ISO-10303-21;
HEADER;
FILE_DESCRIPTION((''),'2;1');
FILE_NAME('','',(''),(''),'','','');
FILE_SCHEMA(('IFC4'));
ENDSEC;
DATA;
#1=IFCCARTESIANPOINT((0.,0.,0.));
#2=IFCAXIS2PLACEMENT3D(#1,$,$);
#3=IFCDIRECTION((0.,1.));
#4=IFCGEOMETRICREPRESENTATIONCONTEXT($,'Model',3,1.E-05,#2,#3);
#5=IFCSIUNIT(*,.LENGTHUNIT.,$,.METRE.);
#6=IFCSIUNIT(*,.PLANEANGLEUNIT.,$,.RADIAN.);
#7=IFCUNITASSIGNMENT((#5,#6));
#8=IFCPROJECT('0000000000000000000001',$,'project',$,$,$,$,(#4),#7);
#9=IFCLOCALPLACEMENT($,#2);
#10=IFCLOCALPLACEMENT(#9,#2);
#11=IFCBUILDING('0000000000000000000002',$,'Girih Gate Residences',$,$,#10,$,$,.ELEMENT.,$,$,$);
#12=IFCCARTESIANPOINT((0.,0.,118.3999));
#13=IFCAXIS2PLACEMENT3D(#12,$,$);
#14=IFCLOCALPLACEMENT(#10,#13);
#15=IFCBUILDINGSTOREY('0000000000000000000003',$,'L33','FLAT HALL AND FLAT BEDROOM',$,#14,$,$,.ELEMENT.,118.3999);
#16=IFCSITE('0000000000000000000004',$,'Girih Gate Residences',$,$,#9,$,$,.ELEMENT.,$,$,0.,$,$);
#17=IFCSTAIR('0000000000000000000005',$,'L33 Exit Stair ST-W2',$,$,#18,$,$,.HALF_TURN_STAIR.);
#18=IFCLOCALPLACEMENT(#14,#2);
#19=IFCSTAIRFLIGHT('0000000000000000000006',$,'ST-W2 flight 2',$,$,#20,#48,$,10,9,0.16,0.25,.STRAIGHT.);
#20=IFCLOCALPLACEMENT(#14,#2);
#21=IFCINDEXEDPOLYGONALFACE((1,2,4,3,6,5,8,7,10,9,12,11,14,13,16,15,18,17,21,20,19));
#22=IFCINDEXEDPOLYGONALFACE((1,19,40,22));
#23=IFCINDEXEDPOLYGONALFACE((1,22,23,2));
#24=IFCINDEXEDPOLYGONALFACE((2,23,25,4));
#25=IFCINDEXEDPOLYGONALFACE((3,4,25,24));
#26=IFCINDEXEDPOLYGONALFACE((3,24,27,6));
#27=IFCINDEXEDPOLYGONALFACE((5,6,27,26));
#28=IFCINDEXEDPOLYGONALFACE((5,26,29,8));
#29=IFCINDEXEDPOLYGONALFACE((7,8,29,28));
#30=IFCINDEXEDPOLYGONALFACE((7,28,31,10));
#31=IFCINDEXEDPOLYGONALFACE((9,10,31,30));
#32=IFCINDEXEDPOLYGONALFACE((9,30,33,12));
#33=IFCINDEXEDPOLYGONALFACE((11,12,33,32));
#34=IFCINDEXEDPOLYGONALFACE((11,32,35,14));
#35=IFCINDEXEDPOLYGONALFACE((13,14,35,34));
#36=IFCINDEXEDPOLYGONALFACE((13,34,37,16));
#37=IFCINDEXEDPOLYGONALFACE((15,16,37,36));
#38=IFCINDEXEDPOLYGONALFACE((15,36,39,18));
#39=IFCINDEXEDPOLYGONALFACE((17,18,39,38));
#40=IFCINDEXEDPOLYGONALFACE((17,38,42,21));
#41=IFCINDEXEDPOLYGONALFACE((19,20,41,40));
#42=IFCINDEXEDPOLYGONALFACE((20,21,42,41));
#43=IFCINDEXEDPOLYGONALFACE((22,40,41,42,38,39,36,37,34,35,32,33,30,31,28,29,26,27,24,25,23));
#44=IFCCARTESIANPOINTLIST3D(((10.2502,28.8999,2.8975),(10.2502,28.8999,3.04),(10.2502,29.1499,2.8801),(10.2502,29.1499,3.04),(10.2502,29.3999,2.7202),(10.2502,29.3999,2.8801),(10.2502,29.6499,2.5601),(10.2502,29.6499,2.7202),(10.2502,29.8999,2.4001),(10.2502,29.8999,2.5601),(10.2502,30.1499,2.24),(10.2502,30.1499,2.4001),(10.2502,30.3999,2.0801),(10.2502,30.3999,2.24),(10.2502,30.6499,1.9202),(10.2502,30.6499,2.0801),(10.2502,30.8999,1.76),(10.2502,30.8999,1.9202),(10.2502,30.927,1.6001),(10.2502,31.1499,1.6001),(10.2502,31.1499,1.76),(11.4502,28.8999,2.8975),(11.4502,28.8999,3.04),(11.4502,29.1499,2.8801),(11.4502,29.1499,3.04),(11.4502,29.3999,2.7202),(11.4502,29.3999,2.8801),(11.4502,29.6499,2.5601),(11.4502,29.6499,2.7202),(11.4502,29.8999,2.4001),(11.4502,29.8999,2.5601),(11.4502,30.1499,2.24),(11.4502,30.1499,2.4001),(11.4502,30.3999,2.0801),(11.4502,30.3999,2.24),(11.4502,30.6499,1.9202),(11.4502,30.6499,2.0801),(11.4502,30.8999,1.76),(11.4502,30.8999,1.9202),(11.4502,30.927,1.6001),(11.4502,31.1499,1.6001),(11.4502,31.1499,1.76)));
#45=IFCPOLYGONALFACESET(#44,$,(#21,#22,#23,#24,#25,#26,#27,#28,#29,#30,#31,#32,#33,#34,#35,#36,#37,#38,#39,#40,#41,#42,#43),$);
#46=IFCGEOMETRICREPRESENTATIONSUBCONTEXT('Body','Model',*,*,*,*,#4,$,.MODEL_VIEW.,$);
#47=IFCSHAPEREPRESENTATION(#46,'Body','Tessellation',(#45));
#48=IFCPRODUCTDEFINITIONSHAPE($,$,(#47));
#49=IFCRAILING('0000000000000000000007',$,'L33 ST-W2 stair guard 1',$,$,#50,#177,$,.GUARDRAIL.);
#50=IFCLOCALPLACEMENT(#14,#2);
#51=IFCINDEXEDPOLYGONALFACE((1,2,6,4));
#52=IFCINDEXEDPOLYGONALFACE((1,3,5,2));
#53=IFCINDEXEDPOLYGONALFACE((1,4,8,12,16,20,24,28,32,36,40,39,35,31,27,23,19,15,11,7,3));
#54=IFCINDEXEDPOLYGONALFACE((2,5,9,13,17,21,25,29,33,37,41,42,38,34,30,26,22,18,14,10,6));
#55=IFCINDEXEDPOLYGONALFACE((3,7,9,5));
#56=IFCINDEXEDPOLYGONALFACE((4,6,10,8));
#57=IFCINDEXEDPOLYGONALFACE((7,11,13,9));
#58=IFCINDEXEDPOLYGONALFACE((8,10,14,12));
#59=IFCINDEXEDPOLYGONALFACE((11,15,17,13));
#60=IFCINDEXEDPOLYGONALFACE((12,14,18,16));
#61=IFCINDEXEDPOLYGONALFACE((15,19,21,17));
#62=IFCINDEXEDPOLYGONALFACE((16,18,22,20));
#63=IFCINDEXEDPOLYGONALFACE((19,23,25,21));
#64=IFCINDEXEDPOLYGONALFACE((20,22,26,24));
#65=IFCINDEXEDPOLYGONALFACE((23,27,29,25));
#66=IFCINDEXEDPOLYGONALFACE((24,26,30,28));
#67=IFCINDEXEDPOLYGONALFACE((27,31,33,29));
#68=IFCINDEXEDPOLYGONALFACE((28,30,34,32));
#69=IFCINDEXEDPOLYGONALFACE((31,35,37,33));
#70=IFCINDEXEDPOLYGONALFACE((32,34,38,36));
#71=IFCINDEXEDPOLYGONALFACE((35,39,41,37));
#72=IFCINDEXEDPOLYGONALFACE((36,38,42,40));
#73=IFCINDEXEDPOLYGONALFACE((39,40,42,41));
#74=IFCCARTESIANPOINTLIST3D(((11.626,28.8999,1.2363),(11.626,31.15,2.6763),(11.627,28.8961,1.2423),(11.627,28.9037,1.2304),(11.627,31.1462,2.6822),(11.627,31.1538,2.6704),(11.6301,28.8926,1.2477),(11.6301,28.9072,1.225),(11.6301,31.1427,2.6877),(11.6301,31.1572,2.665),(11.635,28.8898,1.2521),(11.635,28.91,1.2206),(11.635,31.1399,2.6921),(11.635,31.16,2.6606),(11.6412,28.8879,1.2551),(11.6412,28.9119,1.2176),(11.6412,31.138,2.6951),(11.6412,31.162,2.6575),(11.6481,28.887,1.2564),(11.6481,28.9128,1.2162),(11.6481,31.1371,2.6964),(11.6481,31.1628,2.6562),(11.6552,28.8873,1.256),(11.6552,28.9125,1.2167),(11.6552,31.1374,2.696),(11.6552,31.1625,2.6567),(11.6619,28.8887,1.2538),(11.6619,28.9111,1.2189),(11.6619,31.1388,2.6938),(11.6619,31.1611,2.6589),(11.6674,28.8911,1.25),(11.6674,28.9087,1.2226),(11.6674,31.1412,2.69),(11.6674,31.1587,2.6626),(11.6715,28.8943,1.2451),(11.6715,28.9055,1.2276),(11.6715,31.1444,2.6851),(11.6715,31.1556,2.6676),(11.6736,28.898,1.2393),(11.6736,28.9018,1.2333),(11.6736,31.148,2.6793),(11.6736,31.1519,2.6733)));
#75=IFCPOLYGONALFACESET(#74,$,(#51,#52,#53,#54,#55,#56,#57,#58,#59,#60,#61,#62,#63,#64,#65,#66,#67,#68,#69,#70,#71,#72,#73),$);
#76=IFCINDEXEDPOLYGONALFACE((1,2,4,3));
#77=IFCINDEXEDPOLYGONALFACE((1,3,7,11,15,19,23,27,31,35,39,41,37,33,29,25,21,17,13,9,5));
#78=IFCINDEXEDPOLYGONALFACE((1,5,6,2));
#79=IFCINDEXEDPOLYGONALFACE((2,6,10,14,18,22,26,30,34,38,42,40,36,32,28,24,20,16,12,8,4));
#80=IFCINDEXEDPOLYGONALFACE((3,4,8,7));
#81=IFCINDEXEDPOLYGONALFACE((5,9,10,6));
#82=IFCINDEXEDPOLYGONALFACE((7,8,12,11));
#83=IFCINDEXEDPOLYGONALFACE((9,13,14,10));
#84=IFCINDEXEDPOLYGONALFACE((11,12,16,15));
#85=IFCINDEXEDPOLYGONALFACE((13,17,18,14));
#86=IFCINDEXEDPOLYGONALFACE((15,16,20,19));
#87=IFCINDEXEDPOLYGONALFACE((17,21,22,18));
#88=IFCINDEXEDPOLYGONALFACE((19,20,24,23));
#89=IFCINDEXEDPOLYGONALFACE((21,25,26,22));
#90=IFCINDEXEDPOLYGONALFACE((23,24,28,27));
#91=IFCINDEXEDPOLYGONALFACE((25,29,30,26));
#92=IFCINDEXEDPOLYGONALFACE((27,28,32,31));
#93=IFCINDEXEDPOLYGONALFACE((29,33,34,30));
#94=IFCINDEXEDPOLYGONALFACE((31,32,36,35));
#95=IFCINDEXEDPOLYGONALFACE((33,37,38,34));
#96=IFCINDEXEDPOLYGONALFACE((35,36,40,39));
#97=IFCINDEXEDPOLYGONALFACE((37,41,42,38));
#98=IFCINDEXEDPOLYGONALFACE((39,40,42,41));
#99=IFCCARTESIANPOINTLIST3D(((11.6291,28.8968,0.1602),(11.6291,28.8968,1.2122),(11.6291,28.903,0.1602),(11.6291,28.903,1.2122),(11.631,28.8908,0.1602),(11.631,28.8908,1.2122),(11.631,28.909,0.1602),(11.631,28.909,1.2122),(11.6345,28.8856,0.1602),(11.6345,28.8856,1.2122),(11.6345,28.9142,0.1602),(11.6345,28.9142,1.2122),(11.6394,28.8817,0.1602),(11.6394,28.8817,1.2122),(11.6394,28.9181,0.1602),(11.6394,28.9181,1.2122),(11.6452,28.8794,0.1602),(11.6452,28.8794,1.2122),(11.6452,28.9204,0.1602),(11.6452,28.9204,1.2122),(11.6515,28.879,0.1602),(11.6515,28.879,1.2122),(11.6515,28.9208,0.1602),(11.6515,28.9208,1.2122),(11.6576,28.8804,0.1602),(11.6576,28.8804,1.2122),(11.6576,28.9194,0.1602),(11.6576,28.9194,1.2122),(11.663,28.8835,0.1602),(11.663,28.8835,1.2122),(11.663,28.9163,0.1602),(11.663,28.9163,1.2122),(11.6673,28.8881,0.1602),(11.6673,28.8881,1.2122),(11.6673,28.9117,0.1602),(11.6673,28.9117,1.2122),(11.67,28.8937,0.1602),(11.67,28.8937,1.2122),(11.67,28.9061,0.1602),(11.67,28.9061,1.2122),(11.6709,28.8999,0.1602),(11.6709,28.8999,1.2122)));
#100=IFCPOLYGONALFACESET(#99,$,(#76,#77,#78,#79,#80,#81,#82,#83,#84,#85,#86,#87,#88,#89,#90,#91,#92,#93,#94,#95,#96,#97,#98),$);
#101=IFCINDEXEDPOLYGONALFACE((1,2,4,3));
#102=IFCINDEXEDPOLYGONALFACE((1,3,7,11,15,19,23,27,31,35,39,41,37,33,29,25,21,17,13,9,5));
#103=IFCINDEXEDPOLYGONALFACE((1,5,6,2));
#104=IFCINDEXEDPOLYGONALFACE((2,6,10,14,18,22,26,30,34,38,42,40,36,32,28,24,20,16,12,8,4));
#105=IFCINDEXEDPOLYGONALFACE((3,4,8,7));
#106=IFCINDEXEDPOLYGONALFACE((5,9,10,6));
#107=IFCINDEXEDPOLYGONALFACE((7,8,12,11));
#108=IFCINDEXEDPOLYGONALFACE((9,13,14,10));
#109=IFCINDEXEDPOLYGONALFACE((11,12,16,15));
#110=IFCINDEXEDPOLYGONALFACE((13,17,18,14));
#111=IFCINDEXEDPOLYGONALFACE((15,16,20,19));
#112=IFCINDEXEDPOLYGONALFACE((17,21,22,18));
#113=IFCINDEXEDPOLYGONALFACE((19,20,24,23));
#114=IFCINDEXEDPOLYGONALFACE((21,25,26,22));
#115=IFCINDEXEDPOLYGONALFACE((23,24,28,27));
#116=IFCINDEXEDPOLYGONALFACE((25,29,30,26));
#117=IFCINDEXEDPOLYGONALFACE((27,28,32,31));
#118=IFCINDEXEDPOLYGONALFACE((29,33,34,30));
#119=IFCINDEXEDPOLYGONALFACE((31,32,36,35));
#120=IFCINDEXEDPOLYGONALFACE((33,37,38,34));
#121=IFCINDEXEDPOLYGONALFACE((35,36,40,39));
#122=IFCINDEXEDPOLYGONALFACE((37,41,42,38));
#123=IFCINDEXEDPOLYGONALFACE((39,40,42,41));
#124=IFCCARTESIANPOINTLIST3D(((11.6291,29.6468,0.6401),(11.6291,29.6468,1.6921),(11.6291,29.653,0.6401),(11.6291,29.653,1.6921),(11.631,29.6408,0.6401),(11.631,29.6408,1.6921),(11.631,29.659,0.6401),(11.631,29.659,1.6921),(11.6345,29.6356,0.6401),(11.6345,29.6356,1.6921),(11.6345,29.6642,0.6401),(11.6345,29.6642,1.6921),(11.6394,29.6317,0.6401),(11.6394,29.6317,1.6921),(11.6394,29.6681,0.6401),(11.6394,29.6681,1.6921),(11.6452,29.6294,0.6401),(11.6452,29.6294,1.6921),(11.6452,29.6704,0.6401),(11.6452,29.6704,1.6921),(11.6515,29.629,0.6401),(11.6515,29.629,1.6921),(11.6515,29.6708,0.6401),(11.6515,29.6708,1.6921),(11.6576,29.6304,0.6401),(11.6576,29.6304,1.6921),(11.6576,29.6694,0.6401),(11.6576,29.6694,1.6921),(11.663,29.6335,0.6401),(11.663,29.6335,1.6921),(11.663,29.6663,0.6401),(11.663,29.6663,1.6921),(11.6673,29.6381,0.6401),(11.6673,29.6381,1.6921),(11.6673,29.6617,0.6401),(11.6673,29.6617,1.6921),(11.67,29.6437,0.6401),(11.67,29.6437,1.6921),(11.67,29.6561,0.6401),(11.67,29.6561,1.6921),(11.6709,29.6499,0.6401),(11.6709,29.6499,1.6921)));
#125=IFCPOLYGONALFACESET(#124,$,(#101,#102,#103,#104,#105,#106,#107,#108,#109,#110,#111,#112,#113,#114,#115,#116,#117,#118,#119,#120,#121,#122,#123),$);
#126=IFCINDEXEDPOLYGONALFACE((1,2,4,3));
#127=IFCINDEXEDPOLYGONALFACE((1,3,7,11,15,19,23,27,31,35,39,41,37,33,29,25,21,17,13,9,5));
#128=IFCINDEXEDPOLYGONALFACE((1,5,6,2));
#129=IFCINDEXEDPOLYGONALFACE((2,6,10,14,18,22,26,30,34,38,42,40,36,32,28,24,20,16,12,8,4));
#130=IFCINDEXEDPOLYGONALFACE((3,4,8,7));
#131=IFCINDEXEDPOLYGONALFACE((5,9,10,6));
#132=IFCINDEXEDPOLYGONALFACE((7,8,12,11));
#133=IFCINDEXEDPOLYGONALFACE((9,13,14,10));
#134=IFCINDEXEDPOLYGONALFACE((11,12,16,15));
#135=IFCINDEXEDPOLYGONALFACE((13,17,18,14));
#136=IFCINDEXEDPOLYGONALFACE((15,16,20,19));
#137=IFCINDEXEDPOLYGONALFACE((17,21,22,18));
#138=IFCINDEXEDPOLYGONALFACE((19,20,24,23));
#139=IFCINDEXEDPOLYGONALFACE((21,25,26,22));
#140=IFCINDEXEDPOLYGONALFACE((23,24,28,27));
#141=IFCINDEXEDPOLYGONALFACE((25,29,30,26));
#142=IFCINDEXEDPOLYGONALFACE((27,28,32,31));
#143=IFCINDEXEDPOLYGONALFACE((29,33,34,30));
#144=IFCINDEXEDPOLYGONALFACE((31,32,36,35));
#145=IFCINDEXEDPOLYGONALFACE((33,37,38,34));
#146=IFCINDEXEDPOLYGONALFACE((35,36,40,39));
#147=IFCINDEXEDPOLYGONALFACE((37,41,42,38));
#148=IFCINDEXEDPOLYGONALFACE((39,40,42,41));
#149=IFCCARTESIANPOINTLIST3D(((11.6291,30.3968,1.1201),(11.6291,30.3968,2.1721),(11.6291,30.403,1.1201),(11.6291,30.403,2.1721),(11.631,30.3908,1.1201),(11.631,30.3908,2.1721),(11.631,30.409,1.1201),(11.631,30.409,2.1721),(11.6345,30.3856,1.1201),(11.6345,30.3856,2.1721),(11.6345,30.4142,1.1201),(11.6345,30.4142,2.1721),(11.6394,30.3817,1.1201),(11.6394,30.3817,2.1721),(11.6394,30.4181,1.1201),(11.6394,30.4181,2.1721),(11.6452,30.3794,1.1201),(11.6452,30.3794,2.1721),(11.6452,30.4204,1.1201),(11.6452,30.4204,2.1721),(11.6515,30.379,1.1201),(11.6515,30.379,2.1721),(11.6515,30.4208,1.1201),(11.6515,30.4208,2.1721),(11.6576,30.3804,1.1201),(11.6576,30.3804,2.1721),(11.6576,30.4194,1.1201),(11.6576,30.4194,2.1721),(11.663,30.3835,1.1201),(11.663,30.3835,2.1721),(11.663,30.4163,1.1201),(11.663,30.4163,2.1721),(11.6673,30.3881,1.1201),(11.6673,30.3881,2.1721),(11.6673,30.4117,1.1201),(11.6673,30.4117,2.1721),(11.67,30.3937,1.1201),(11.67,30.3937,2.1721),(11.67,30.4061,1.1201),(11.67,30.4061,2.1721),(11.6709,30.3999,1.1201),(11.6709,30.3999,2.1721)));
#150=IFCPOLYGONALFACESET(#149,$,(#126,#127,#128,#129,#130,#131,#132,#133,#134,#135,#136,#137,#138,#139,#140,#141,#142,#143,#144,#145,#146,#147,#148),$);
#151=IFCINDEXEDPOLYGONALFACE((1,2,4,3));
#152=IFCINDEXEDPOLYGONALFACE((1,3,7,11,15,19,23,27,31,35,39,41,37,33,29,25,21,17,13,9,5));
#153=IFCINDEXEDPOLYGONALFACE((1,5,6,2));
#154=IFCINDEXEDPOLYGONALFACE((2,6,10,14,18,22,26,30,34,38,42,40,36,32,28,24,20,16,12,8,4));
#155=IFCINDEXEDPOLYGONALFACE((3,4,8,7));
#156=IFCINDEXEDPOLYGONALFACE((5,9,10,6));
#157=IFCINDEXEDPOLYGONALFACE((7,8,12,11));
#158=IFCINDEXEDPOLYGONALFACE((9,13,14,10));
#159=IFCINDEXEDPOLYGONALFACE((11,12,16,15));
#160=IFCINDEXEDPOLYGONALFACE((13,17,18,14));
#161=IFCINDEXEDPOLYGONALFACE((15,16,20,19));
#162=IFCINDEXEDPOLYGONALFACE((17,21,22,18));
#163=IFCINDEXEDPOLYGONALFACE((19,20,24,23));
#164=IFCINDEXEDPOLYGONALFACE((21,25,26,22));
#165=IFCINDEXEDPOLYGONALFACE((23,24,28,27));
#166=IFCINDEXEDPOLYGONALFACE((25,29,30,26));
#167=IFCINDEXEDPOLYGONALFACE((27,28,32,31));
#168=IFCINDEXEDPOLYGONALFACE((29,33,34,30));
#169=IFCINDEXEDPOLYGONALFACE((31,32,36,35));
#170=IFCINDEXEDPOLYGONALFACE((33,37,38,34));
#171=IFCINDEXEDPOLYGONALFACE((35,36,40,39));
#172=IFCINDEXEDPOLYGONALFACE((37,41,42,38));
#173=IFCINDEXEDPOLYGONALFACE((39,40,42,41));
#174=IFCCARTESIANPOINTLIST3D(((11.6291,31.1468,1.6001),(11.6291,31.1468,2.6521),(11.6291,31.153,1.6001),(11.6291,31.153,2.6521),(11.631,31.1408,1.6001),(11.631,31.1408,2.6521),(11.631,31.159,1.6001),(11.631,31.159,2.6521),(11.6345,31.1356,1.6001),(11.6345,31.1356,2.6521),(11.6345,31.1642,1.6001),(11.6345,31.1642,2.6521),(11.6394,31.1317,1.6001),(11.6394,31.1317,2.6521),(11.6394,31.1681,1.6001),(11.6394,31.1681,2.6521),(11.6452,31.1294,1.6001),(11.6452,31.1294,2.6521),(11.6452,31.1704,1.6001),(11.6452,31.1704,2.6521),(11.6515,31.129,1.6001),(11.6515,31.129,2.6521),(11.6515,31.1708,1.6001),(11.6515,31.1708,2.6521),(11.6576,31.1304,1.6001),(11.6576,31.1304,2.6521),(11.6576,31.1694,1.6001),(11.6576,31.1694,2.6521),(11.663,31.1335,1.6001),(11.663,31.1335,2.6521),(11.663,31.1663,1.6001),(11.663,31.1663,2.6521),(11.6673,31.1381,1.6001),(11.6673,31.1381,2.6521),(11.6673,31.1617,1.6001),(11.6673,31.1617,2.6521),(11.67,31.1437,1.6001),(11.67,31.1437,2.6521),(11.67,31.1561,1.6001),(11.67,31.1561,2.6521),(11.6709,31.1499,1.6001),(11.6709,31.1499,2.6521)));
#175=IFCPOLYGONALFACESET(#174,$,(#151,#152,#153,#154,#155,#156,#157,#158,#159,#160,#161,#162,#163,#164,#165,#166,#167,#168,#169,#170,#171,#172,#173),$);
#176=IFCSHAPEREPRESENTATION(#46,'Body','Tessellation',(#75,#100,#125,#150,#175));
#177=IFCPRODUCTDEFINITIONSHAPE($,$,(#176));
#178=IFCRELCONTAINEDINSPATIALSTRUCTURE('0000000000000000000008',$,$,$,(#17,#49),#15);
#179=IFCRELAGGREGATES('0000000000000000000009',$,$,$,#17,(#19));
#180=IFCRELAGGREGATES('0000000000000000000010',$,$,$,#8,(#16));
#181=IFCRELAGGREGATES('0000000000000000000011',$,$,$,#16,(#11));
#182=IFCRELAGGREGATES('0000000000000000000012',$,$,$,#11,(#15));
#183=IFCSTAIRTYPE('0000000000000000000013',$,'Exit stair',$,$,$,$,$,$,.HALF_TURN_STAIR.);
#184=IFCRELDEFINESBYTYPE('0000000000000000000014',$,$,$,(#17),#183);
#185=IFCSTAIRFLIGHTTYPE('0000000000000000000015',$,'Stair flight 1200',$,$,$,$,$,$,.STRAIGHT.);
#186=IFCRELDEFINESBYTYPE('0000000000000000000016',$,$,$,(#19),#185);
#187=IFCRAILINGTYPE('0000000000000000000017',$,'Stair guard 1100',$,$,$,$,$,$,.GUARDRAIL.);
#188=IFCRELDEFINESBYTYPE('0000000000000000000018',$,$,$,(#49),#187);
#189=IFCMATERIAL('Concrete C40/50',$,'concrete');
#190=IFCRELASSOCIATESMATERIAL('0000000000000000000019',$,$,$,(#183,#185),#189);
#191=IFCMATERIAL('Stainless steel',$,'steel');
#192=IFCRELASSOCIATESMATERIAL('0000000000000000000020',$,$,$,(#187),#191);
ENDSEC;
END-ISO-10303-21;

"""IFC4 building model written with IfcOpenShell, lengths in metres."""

from ifc_helpers import new_model, si_unit, direction, frame, origin, origin_2d, place, context, subcontext, project, spatial, polyline, circle, outline, extrude, material, type_object, element, aggregate, save


model = new_model("IFC4")

# Units and contexts
model_context = context("Model", 3, precision=1e-05, world=origin(), true_north=direction((0.0, 1.0)))
body_context = subcontext(model_context, "Body", "Model", "MODEL_VIEW")
ifc_project = project(units=[si_unit("LENGTHUNIT", "METRE"), si_unit("PLANEANGLEUNIT", "RADIAN")], contexts=[model_context])

# Site, building, storey
site_placement = place(None, origin())
site = spatial("IfcSite", under=ifc_project, at=site_placement, Name="Girih Gate Residences", CompositionType="ELEMENT", RefElevation=0.0)
building_placement = place(site_placement, origin())
building = spatial("IfcBuilding", under=site, at=building_placement, Name="Girih Gate Residences", CompositionType="ELEMENT")
storey_placement = place(building_placement, frame((0.0, 0.0, 118.3999)))
storey = spatial("IfcBuildingStorey", under=building, at=storey_placement, Name="L33", Description="FLAT HALL AND FLAT BEDROOM", CompositionType="ELEMENT", Elevation=118.3999)

# Shared definitions
ifc_material_1 = material(Name="Concrete C40/50", Category="concrete")

# Stair, stair flight
stair_type = type_object("IfcStairType", Name="Exit stair", PredefinedType="HALF_TURN_STAIR", material=ifc_material_1)
stair_placement = place(storey_placement, origin())
stair = element("IfcStair", 1, at=stair_placement, inside=storey, type_object=stair_type, Name="L33 Exit Stair ST-W2", PredefinedType="HALF_TURN_STAIR")
stair_flight_type = type_object("IfcStairFlightType", Name="Stair flight 1200", PredefinedType="STRAIGHT", material=ifc_material_1)
stair_flight_1_placement = place(storey_placement, frame((10.8501, 31.1499, 1.6001), z_axis=(0.0, 0.0, 1.0), x_axis=(0.0, -1.0, 0.0)))
stair_flight_1 = element("IfcStairFlight", 2, at=stair_flight_1_placement, type_object=stair_flight_type, Name="ST-W2 flight 2", NumberOfRisers=10, NumberOfTreads=9, PredefinedType="STRAIGHT", RiserHeight=0.16, TreadLength=0.25, context=body_context, shape_type="SweptSolid", body=[
    extrude(outline(polyline([(0.0, 0.0), (0.0, 0.1599), (0.25, 0.1599), (0.25, 0.3201), (0.5, 0.3201), (0.5, 0.48), (0.75, 0.48), (0.75, 0.6399), (1.0, 0.6399), (1.0, 0.8), (1.25, 0.8), (1.25, 0.96), (1.5, 0.96), (1.5, 1.1201), (1.75, 1.1201), (1.75, 1.28), (2.0, 1.28), (2.0, 1.4399), (2.25, 1.4399), (2.25, 1.6001), (2.25, 1.2974), (0.2229, 0.0), (0.0, 0.0)])), frame((0.0, 0.6001, 0.0), z_axis=(0.0, -1.0, 0.0), x_axis=(1.0, 0.0, 0.0)), (0.0, 0.0, 1.0), 1.2),
])
aggregate(stair, [stair_flight_1])

# Railing
ifc_material_2 = material(Name="Stainless steel", Category="steel")
railing_type_1 = type_object("IfcRailingType", Name="Stair guard 1100", PredefinedType="GUARDRAIL", material=ifc_material_2)
railing_1_placement = place(storey_placement, frame((11.6499, 28.8999, 0.1602)))
element("IfcRailing", 3, at=railing_1_placement, inside=storey, type_object=railing_type_1, Name="L33 ST-W2 stair guard 1", PredefinedType="GUARDRAIL", context=body_context, shape_type="SweptSolid", body=[
    extrude(circle(Radius=0.0239, at=origin_2d()), frame((0.0, 0.0, 1.0762), z_axis=(0.0, 0.842281, 0.539038), x_axis=(-1.0, 0.0, 0.0)), (0.0, 0.0, 1.0), 2.6714),
    extrude(circle(Radius=0.021, at=origin_2d()), origin(), (0.0, 0.0, 1.0), 1.052),
    extrude(circle(Radius=0.021, at=origin_2d()), frame((0.0, 0.75, 0.48)), (0.0, 0.0, 1.0), 1.052),
    extrude(circle(Radius=0.021, at=origin_2d()), frame((0.0, 1.5, 0.96)), (0.0, 0.0, 1.0), 1.052),
    extrude(circle(Radius=0.021, at=origin_2d()), frame((0.0, 2.25, 1.4399)), (0.0, 0.0, 1.0), 1.052),
])

save(model, "model.ifc")
